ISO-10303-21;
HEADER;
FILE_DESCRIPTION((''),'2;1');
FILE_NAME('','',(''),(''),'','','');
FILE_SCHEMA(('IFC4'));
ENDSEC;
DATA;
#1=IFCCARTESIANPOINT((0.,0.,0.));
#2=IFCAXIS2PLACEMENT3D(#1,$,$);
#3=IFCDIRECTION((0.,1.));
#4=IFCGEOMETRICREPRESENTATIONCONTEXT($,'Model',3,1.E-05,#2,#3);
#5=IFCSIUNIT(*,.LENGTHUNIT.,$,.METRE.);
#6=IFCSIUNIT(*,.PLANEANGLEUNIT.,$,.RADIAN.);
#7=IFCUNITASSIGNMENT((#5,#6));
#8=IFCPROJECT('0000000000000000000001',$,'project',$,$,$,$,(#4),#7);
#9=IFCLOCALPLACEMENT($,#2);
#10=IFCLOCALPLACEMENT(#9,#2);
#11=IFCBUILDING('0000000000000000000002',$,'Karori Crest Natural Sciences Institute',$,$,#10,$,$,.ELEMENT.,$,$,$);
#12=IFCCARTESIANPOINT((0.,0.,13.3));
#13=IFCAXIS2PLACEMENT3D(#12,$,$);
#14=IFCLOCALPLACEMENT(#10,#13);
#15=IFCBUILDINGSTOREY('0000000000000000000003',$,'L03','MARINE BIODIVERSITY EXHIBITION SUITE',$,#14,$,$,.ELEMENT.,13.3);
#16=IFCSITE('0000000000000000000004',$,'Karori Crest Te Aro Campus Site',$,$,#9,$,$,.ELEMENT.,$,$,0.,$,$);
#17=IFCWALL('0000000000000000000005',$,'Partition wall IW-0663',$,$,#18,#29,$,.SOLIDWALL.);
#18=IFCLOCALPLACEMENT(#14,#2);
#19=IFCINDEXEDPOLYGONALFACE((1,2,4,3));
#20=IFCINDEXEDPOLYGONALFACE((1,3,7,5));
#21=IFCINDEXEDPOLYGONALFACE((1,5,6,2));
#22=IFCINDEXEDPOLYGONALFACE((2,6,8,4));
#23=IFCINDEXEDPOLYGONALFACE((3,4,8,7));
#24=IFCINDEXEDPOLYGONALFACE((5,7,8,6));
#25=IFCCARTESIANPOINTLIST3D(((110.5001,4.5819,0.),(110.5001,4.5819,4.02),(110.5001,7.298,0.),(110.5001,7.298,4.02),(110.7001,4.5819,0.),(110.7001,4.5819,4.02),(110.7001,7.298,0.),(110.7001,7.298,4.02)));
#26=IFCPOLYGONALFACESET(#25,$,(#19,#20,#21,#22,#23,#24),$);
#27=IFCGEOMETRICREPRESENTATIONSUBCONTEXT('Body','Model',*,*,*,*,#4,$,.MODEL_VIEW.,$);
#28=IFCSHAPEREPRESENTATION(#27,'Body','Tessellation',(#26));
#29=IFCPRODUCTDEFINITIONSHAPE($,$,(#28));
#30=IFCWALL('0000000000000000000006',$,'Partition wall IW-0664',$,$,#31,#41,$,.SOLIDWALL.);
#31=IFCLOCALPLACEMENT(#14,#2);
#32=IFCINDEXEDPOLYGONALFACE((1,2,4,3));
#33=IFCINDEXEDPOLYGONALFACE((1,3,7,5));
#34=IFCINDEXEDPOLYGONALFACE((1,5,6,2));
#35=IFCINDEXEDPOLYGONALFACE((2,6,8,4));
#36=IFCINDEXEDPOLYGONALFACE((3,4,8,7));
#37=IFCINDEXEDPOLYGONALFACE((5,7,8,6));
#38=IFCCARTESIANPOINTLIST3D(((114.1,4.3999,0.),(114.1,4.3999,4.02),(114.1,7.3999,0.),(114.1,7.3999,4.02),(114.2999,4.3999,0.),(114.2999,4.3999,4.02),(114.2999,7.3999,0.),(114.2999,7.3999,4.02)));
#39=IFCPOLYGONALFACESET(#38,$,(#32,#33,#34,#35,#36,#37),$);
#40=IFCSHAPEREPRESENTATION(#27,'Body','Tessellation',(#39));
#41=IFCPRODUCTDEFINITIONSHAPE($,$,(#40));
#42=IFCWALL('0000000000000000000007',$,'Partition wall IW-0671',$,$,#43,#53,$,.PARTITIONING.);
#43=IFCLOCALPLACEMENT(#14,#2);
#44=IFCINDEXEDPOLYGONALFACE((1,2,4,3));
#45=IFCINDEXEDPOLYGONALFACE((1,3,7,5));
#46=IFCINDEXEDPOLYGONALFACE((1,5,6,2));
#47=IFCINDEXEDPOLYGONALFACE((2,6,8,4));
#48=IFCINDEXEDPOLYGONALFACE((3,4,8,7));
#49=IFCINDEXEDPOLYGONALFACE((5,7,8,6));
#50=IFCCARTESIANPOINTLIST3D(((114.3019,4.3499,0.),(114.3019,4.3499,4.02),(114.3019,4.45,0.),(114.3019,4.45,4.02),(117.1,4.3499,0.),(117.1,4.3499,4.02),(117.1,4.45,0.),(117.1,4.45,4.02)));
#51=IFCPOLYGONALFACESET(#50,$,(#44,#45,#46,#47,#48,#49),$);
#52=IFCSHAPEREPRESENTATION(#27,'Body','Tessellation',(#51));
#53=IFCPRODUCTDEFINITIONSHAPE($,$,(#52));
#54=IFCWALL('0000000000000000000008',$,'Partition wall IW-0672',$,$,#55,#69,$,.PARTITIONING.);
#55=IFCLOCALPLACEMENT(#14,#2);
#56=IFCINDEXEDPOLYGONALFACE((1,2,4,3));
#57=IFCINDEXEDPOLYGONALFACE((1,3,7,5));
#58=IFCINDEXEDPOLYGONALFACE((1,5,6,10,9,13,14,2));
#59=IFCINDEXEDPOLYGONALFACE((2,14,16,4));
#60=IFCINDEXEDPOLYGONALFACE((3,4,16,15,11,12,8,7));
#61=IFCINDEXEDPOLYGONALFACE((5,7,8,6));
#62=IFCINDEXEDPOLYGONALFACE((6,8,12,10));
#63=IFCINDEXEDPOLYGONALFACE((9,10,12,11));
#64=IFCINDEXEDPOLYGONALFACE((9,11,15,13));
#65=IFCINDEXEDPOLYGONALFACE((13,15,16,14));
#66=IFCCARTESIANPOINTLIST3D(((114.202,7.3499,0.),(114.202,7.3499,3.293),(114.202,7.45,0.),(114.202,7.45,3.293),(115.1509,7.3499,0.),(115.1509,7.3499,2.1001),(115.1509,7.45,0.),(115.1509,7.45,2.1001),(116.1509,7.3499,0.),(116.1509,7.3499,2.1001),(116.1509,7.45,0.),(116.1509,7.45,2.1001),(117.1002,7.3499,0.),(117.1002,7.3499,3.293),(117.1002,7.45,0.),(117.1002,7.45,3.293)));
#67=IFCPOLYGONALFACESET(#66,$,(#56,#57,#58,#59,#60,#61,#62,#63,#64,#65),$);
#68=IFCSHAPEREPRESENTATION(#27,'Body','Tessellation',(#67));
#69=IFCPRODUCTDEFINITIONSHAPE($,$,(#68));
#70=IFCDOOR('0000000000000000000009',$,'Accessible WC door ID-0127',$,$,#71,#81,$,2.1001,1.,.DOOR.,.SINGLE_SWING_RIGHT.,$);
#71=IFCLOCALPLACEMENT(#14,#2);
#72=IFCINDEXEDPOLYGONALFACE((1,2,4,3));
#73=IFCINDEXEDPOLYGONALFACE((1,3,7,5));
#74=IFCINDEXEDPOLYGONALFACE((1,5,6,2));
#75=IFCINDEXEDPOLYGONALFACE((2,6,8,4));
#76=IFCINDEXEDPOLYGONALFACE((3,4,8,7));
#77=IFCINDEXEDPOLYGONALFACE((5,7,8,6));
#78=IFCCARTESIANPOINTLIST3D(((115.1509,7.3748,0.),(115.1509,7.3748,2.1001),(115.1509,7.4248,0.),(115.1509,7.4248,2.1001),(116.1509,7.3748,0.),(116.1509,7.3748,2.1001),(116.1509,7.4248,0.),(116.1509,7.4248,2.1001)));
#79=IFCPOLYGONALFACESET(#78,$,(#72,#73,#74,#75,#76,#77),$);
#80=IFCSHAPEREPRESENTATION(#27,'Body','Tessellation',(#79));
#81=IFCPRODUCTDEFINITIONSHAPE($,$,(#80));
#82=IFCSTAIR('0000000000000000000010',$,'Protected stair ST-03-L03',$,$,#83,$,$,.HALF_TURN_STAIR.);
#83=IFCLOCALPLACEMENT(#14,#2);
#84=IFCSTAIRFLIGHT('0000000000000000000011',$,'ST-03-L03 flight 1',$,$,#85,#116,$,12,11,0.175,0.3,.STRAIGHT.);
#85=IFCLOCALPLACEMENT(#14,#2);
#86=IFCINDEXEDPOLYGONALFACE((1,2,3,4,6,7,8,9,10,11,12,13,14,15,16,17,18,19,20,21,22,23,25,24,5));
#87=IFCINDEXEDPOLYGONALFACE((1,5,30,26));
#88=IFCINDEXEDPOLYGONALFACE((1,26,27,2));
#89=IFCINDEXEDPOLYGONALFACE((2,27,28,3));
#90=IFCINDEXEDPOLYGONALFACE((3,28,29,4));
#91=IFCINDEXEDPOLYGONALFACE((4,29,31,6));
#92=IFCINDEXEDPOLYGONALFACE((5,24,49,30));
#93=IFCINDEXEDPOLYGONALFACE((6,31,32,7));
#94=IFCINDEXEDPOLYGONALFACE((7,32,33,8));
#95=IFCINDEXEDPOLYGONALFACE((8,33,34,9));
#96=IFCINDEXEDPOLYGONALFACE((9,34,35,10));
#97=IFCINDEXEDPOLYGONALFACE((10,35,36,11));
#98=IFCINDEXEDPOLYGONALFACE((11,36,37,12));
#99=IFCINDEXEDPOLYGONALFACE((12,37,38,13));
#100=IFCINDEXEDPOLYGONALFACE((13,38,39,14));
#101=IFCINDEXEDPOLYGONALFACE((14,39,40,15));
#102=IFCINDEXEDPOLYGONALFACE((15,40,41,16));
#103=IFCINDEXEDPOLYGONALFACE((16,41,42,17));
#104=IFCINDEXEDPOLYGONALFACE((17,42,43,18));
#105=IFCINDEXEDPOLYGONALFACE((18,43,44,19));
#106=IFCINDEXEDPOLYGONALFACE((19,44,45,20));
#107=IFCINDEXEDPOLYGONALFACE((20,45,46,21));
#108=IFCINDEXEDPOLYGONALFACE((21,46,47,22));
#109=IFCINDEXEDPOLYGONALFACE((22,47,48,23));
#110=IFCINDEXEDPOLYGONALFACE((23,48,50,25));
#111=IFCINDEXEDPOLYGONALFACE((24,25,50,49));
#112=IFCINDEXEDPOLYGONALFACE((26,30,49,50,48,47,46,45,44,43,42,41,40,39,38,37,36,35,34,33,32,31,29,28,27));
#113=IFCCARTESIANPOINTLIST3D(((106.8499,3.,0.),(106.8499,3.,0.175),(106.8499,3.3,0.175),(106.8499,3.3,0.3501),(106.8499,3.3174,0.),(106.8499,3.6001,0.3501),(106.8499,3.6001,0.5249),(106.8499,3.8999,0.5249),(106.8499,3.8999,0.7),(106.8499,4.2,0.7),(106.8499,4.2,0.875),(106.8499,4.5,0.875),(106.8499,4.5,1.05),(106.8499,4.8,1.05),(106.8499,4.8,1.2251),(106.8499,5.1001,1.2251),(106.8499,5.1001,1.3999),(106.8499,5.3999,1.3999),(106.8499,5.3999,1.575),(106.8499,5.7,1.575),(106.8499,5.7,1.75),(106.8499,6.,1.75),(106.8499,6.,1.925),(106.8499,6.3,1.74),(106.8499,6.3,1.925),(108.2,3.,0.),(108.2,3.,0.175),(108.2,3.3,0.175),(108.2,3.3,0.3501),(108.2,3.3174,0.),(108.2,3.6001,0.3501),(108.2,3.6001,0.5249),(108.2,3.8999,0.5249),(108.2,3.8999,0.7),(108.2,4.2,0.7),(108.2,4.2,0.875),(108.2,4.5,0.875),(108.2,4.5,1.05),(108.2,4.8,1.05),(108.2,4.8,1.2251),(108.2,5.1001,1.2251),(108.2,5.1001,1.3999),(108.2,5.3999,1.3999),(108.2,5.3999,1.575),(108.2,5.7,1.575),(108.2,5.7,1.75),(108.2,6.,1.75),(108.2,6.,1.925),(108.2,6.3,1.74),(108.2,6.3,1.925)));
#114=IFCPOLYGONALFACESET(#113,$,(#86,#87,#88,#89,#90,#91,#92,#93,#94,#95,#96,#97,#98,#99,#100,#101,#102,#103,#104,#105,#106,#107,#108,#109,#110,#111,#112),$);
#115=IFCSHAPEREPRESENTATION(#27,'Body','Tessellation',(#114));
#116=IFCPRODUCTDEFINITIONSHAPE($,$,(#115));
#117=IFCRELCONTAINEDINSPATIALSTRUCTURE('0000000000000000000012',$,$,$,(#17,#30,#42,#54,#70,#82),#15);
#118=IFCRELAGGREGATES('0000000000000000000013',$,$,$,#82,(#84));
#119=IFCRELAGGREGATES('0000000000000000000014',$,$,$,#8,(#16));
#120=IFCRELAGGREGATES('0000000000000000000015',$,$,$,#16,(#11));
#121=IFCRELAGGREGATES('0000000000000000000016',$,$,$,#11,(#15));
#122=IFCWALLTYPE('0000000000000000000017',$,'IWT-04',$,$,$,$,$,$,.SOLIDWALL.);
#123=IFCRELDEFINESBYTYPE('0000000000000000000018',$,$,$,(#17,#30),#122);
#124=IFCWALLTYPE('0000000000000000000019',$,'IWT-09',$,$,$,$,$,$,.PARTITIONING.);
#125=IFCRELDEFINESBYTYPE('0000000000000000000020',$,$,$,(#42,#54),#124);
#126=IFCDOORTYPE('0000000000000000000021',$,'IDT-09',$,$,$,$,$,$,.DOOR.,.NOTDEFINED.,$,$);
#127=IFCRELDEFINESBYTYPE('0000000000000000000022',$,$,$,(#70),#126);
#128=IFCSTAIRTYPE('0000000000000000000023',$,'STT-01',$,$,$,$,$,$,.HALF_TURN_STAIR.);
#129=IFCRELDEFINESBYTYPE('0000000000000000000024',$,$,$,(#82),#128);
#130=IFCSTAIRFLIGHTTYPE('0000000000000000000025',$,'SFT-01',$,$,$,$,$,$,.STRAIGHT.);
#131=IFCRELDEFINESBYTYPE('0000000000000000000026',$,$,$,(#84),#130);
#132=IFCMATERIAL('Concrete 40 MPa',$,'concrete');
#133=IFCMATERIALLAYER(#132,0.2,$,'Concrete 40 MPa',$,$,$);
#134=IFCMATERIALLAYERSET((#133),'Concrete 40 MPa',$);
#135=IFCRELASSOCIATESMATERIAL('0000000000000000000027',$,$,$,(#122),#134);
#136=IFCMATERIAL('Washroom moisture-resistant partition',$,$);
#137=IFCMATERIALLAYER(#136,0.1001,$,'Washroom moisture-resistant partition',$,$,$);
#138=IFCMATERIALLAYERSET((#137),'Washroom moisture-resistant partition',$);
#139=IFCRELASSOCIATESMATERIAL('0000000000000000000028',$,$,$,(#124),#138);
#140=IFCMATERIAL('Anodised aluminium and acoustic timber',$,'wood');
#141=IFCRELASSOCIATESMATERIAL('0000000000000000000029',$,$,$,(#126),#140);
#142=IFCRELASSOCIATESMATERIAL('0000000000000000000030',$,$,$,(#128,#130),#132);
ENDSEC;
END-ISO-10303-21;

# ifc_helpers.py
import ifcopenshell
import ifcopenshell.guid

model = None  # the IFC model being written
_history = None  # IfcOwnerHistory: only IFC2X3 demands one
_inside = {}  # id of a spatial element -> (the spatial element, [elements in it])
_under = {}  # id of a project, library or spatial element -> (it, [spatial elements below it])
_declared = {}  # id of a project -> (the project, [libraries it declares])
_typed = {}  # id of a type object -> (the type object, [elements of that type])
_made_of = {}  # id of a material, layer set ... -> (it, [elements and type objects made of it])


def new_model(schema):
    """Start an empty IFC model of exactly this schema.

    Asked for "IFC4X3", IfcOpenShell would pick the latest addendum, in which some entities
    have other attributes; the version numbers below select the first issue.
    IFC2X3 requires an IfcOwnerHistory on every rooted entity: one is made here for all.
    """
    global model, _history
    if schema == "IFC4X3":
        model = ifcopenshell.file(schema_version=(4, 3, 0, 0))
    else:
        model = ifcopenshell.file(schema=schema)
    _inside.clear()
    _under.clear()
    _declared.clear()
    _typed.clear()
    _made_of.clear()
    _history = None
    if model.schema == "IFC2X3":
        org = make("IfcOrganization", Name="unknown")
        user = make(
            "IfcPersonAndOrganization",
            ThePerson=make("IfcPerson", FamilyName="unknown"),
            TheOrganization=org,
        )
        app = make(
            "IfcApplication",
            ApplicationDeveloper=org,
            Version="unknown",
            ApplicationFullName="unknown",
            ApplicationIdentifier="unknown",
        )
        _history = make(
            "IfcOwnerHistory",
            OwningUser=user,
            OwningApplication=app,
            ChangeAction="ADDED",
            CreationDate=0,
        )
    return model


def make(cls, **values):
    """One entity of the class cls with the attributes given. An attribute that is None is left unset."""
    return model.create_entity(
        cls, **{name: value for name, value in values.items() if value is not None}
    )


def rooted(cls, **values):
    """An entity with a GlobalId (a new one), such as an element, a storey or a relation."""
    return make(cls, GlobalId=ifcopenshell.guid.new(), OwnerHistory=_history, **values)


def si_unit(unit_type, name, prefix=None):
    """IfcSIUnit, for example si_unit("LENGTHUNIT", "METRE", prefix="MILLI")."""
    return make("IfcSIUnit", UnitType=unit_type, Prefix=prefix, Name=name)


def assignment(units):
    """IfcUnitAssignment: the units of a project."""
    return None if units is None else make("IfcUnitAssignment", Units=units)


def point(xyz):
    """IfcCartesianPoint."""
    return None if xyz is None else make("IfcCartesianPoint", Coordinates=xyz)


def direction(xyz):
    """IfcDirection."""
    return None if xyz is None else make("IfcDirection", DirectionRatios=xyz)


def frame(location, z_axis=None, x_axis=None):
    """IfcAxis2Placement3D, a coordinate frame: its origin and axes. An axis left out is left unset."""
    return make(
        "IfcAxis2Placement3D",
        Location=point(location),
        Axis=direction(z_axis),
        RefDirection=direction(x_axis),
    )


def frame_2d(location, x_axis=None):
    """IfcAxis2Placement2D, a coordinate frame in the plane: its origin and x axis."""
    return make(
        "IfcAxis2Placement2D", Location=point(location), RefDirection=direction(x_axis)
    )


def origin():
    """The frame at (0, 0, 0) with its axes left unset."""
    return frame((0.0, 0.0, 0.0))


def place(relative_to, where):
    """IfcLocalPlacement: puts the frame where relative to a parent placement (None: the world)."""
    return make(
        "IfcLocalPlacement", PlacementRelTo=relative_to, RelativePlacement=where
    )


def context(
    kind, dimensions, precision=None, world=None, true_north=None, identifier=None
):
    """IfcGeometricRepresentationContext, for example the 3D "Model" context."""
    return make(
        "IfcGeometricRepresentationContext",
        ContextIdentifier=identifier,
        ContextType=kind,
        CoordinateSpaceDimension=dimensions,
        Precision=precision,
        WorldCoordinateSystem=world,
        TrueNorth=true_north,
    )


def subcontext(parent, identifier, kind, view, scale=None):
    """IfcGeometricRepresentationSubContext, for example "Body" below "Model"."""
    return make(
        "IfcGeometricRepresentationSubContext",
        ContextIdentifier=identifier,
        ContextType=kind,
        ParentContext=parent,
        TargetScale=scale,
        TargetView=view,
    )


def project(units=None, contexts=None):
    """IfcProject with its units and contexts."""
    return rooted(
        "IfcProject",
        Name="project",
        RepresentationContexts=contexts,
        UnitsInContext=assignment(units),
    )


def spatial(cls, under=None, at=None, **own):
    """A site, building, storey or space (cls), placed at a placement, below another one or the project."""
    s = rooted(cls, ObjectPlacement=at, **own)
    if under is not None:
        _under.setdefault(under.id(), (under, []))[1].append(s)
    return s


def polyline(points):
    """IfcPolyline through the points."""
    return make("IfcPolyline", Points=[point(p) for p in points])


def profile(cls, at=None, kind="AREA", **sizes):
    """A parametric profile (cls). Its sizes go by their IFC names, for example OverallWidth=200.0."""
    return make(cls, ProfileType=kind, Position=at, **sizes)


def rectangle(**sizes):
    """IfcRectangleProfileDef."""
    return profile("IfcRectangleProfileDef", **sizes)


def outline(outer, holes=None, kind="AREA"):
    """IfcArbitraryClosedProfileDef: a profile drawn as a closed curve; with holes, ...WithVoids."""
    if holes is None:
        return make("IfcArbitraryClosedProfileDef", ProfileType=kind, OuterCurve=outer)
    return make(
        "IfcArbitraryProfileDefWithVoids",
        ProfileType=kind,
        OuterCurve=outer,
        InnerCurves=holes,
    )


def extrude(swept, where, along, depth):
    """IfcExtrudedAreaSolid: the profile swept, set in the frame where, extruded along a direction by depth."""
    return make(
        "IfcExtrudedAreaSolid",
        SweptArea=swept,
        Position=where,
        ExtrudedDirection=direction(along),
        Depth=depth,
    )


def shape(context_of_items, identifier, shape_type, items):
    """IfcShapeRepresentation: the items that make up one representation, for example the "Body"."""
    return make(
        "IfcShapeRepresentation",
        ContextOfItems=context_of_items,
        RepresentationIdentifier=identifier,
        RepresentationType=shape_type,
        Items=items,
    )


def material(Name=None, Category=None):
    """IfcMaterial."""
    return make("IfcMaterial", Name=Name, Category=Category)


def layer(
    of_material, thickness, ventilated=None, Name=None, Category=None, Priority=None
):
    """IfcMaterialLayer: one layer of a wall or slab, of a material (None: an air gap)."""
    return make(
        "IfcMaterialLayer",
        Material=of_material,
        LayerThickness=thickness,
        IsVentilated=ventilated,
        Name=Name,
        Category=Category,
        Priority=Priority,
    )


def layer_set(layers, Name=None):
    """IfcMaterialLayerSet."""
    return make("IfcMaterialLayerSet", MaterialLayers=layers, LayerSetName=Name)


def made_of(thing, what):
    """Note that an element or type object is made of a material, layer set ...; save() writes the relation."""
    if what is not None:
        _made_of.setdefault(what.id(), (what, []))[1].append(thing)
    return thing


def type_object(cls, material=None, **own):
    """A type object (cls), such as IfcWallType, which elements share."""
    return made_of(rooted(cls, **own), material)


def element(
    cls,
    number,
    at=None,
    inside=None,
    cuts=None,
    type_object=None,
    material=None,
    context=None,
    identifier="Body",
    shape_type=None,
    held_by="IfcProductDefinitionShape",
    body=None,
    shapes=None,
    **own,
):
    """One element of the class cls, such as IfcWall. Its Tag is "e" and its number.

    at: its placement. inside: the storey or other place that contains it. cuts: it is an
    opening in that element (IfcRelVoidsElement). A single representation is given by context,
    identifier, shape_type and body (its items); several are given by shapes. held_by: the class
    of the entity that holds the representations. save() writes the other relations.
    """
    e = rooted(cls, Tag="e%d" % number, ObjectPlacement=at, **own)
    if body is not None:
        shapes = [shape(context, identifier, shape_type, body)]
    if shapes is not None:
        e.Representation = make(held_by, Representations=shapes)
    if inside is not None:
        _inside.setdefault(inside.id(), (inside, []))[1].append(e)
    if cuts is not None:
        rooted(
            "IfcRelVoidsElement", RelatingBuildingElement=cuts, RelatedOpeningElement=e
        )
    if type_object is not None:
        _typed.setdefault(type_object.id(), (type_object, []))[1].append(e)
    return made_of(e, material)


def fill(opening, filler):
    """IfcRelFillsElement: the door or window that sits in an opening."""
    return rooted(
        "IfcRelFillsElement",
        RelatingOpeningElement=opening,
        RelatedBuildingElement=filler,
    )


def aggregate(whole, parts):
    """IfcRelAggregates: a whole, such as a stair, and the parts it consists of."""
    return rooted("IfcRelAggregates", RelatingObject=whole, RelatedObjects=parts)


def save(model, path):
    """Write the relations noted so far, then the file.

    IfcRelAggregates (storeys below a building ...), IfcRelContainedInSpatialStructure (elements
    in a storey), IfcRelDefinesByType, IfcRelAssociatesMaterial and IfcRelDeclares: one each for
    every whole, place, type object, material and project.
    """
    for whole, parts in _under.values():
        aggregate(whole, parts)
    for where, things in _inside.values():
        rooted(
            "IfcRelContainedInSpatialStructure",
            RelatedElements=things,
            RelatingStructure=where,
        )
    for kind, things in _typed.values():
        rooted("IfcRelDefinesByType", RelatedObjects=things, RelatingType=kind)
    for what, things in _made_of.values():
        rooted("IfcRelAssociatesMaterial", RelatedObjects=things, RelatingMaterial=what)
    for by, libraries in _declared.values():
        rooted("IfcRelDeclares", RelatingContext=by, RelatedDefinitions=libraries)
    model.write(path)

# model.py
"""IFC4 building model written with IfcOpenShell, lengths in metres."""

from ifc_helpers import new_model, si_unit, direction, frame, frame_2d, origin, place, context, subcontext, project, spatial, polyline, rectangle, outline, extrude, material, layer, layer_set, type_object, element, fill, aggregate, save


model = new_model("IFC4")

# Units and contexts
model_context = context("Model", 3, precision=1e-05, world=origin(), true_north=direction((0.0, 1.0)))
body_context = subcontext(model_context, "Body", "Model", "MODEL_VIEW")
ifc_project = project(units=[si_unit("LENGTHUNIT", "METRE"), si_unit("PLANEANGLEUNIT", "RADIAN")], contexts=[model_context])

# Site, building, storey
site_placement = place(None, origin())
site = spatial("IfcSite", under=ifc_project, at=site_placement, Name="Karori Crest Te Aro Campus Site", CompositionType="ELEMENT", RefElevation=0.0)
building_placement = place(site_placement, origin())
building = spatial("IfcBuilding", under=site, at=building_placement, Name="Karori Crest Natural Sciences Institute", CompositionType="ELEMENT")
storey_placement = place(building_placement, frame((0.0, 0.0, 13.3)))
storey = spatial("IfcBuildingStorey", under=building, at=storey_placement, Name="L03", Description="MARINE BIODIVERSITY EXHIBITION SUITE", CompositionType="ELEMENT", Elevation=13.3)

# Shared definitions
ifc_material_1 = material(Name="Concrete 40 MPa", Category="concrete")
ifc_layer_1 = layer(ifc_material_1, 0.2, Name="Concrete 40 MPa")
ifc_layer_set_1 = layer_set([ifc_layer_1], Name="Concrete 40 MPa")
wall_type_1 = type_object("IfcWallType", Name="IWT-04", PredefinedType="SOLIDWALL", material=ifc_layer_set_1)

# Walls
wall_1_placement = place(storey_placement, frame((110.6001, 4.582, 0.0), z_axis=(0.0, 0.0, 1.0), x_axis=(0.0, 1.0, 0.0)))
element("IfcWall", 1, at=wall_1_placement, inside=storey, type_object=wall_type_1, Name="Partition wall IW-0663", PredefinedType="SOLIDWALL", context=body_context, shape_type="SweptSolid", body=[
    extrude(rectangle(XDim=2.7161, YDim=0.2, at=frame_2d((1.3579, 0.0))), origin(), (0.0, 0.0, 1.0), 4.02),
])
wall_2_placement = place(storey_placement, frame((114.2, 4.3999, 0.0), z_axis=(0.0, 0.0, 1.0), x_axis=(0.0, 1.0, 0.0)))
element("IfcWall", 2, at=wall_2_placement, inside=storey, type_object=wall_type_1, Name="Partition wall IW-0664", PredefinedType="SOLIDWALL", context=body_context, shape_type="SweptSolid", body=[
    extrude(rectangle(XDim=3.0, YDim=0.2, at=frame_2d((1.5, 0.0))), origin(), (0.0, 0.0, 1.0), 4.02),
])
ifc_material_2 = material(Name="Washroom moisture-resistant partition")
ifc_layer_2 = layer(ifc_material_2, 0.1001, Name="Washroom moisture-resistant partition")
ifc_layer_set_2 = layer_set([ifc_layer_2], Name="Washroom moisture-resistant partition")
wall_type_2 = type_object("IfcWallType", Name="IWT-09", PredefinedType="PARTITIONING", material=ifc_layer_set_2)
wall_3_placement = place(storey_placement, frame((114.302, 4.3999, 0.0), z_axis=(0.0, 0.0, 1.0), x_axis=(1.0, 0.0, 0.0)))
element("IfcWall", 3, at=wall_3_placement, inside=storey, type_object=wall_type_2, Name="Partition wall IW-0671", PredefinedType="PARTITIONING", context=body_context, shape_type="SweptSolid", body=[
    extrude(rectangle(XDim=2.7981, YDim=0.1001, at=frame_2d((1.3989, 0.0))), origin(), (0.0, 0.0, 1.0), 4.02),
])

# Wall, opening, door
wall_4_placement = place(storey_placement, frame((114.2019, 7.3999, 0.0), z_axis=(0.0, 0.0, 1.0), x_axis=(1.0, 0.0, 0.0)))
wall_4 = element("IfcWall", 4, at=wall_4_placement, inside=storey, type_object=wall_type_2, Name="Partition wall IW-0672", PredefinedType="PARTITIONING", context=body_context, shape_type="SweptSolid", body=[
    extrude(rectangle(XDim=2.8982, YDim=0.1001, at=frame_2d((1.4492, 0.0))), origin(), (0.0, 0.0, 1.0), 3.293),
])
opening_1_placement = place(wall_4_placement, frame((0.949, 0.0, 0.0)))
opening_1 = element("IfcOpeningElement", 5, at=opening_1_placement, cuts=wall_4, PredefinedType="OPENING", context=body_context, shape_type="SweptSolid", body=[
    extrude(rectangle(XDim=1.0, YDim=2.1001, at=frame_2d((0.5, 1.05))), frame((0.0, 0.0601, 0.0), z_axis=(0.0, -1.0, 0.0), x_axis=(1.0, 0.0, 0.0)), (0.0, 0.0, 1.0), 0.1201),
])
ifc_material_3 = material(Name="Anodised aluminium and acoustic timber", Category="wood")
door_type_1 = type_object("IfcDoorType", Name="IDT-09", OperationType="NOTDEFINED", PredefinedType="DOOR", material=ifc_material_3)
door_1_placement = place(opening_1_placement, origin())
door_1 = element("IfcDoor", 6, at=door_1_placement, inside=storey, type_object=door_type_1, Name="Accessible WC door ID-0127", OperationType="SINGLE_SWING_RIGHT", OverallHeight=2.1001, OverallWidth=1.0, PredefinedType="DOOR", context=body_context, shape_type="SweptSolid", body=[
    extrude(rectangle(XDim=1.0, YDim=2.1001, at=frame_2d((0.5, 1.05))), frame((0.0, 0.0249, 0.0), z_axis=(0.0, -1.0, 0.0), x_axis=(1.0, 0.0, 0.0)), (0.0, 0.0, 1.0), 0.05),
])
fill(opening_1, door_1)

# Stair, stair flight
stair_type = type_object("IfcStairType", Name="STT-01", PredefinedType="HALF_TURN_STAIR", material=ifc_material_1)
stair_placement = place(storey_placement, origin())
stair = element("IfcStair", 7, at=stair_placement, inside=storey, type_object=stair_type, Name="Protected stair ST-03-L03", PredefinedType="HALF_TURN_STAIR")
stair_flight_type = type_object("IfcStairFlightType", Name="SFT-01", PredefinedType="STRAIGHT", material=ifc_material_1)
stair_flight_placement = place(storey_placement, frame((107.5249, 3.0, 0.0), z_axis=(0.0, 0.0, 1.0), x_axis=(0.0, 1.0, 0.0)))
stair_flight = element("IfcStairFlight", 8, at=stair_flight_placement, type_object=stair_flight_type, Name="ST-03-L03 flight 1", NumberOfRisers=12, NumberOfTreads=11, PredefinedType="STRAIGHT", RiserHeight=0.175, TreadLength=0.3, context=body_context, shape_type="SweptSolid", body=[
    extrude(outline(polyline([(0.0, 0.0), (0.0, 0.175), (0.3, 0.175), (0.3, 0.3501), (0.6001, 0.3501), (0.6001, 0.5249), (0.8999, 0.5249), (0.8999, 0.7), (1.2, 0.7), (1.2, 0.875), (1.5, 0.875), (1.5, 1.05), (1.8, 1.05), (1.8, 1.2251), (2.1001, 1.2251), (2.1001, 1.3999), (2.3999, 1.3999), (2.3999, 1.575), (2.7, 1.575), (2.7, 1.75), (3.0, 1.75), (3.0, 1.925), (3.3, 1.925), (3.3, 2.1001), (3.3, 1.74), (0.3174, 0.0), (0.0, 0.0)])), frame((0.0, 0.675, 0.0), z_axis=(0.0, -1.0, 0.0), x_axis=(1.0, 0.0, 0.0)), (0.0, 0.0, 1.0), 1.3501),
])
aggregate(stair, [stair_flight])

save(model, "model.ifc")
